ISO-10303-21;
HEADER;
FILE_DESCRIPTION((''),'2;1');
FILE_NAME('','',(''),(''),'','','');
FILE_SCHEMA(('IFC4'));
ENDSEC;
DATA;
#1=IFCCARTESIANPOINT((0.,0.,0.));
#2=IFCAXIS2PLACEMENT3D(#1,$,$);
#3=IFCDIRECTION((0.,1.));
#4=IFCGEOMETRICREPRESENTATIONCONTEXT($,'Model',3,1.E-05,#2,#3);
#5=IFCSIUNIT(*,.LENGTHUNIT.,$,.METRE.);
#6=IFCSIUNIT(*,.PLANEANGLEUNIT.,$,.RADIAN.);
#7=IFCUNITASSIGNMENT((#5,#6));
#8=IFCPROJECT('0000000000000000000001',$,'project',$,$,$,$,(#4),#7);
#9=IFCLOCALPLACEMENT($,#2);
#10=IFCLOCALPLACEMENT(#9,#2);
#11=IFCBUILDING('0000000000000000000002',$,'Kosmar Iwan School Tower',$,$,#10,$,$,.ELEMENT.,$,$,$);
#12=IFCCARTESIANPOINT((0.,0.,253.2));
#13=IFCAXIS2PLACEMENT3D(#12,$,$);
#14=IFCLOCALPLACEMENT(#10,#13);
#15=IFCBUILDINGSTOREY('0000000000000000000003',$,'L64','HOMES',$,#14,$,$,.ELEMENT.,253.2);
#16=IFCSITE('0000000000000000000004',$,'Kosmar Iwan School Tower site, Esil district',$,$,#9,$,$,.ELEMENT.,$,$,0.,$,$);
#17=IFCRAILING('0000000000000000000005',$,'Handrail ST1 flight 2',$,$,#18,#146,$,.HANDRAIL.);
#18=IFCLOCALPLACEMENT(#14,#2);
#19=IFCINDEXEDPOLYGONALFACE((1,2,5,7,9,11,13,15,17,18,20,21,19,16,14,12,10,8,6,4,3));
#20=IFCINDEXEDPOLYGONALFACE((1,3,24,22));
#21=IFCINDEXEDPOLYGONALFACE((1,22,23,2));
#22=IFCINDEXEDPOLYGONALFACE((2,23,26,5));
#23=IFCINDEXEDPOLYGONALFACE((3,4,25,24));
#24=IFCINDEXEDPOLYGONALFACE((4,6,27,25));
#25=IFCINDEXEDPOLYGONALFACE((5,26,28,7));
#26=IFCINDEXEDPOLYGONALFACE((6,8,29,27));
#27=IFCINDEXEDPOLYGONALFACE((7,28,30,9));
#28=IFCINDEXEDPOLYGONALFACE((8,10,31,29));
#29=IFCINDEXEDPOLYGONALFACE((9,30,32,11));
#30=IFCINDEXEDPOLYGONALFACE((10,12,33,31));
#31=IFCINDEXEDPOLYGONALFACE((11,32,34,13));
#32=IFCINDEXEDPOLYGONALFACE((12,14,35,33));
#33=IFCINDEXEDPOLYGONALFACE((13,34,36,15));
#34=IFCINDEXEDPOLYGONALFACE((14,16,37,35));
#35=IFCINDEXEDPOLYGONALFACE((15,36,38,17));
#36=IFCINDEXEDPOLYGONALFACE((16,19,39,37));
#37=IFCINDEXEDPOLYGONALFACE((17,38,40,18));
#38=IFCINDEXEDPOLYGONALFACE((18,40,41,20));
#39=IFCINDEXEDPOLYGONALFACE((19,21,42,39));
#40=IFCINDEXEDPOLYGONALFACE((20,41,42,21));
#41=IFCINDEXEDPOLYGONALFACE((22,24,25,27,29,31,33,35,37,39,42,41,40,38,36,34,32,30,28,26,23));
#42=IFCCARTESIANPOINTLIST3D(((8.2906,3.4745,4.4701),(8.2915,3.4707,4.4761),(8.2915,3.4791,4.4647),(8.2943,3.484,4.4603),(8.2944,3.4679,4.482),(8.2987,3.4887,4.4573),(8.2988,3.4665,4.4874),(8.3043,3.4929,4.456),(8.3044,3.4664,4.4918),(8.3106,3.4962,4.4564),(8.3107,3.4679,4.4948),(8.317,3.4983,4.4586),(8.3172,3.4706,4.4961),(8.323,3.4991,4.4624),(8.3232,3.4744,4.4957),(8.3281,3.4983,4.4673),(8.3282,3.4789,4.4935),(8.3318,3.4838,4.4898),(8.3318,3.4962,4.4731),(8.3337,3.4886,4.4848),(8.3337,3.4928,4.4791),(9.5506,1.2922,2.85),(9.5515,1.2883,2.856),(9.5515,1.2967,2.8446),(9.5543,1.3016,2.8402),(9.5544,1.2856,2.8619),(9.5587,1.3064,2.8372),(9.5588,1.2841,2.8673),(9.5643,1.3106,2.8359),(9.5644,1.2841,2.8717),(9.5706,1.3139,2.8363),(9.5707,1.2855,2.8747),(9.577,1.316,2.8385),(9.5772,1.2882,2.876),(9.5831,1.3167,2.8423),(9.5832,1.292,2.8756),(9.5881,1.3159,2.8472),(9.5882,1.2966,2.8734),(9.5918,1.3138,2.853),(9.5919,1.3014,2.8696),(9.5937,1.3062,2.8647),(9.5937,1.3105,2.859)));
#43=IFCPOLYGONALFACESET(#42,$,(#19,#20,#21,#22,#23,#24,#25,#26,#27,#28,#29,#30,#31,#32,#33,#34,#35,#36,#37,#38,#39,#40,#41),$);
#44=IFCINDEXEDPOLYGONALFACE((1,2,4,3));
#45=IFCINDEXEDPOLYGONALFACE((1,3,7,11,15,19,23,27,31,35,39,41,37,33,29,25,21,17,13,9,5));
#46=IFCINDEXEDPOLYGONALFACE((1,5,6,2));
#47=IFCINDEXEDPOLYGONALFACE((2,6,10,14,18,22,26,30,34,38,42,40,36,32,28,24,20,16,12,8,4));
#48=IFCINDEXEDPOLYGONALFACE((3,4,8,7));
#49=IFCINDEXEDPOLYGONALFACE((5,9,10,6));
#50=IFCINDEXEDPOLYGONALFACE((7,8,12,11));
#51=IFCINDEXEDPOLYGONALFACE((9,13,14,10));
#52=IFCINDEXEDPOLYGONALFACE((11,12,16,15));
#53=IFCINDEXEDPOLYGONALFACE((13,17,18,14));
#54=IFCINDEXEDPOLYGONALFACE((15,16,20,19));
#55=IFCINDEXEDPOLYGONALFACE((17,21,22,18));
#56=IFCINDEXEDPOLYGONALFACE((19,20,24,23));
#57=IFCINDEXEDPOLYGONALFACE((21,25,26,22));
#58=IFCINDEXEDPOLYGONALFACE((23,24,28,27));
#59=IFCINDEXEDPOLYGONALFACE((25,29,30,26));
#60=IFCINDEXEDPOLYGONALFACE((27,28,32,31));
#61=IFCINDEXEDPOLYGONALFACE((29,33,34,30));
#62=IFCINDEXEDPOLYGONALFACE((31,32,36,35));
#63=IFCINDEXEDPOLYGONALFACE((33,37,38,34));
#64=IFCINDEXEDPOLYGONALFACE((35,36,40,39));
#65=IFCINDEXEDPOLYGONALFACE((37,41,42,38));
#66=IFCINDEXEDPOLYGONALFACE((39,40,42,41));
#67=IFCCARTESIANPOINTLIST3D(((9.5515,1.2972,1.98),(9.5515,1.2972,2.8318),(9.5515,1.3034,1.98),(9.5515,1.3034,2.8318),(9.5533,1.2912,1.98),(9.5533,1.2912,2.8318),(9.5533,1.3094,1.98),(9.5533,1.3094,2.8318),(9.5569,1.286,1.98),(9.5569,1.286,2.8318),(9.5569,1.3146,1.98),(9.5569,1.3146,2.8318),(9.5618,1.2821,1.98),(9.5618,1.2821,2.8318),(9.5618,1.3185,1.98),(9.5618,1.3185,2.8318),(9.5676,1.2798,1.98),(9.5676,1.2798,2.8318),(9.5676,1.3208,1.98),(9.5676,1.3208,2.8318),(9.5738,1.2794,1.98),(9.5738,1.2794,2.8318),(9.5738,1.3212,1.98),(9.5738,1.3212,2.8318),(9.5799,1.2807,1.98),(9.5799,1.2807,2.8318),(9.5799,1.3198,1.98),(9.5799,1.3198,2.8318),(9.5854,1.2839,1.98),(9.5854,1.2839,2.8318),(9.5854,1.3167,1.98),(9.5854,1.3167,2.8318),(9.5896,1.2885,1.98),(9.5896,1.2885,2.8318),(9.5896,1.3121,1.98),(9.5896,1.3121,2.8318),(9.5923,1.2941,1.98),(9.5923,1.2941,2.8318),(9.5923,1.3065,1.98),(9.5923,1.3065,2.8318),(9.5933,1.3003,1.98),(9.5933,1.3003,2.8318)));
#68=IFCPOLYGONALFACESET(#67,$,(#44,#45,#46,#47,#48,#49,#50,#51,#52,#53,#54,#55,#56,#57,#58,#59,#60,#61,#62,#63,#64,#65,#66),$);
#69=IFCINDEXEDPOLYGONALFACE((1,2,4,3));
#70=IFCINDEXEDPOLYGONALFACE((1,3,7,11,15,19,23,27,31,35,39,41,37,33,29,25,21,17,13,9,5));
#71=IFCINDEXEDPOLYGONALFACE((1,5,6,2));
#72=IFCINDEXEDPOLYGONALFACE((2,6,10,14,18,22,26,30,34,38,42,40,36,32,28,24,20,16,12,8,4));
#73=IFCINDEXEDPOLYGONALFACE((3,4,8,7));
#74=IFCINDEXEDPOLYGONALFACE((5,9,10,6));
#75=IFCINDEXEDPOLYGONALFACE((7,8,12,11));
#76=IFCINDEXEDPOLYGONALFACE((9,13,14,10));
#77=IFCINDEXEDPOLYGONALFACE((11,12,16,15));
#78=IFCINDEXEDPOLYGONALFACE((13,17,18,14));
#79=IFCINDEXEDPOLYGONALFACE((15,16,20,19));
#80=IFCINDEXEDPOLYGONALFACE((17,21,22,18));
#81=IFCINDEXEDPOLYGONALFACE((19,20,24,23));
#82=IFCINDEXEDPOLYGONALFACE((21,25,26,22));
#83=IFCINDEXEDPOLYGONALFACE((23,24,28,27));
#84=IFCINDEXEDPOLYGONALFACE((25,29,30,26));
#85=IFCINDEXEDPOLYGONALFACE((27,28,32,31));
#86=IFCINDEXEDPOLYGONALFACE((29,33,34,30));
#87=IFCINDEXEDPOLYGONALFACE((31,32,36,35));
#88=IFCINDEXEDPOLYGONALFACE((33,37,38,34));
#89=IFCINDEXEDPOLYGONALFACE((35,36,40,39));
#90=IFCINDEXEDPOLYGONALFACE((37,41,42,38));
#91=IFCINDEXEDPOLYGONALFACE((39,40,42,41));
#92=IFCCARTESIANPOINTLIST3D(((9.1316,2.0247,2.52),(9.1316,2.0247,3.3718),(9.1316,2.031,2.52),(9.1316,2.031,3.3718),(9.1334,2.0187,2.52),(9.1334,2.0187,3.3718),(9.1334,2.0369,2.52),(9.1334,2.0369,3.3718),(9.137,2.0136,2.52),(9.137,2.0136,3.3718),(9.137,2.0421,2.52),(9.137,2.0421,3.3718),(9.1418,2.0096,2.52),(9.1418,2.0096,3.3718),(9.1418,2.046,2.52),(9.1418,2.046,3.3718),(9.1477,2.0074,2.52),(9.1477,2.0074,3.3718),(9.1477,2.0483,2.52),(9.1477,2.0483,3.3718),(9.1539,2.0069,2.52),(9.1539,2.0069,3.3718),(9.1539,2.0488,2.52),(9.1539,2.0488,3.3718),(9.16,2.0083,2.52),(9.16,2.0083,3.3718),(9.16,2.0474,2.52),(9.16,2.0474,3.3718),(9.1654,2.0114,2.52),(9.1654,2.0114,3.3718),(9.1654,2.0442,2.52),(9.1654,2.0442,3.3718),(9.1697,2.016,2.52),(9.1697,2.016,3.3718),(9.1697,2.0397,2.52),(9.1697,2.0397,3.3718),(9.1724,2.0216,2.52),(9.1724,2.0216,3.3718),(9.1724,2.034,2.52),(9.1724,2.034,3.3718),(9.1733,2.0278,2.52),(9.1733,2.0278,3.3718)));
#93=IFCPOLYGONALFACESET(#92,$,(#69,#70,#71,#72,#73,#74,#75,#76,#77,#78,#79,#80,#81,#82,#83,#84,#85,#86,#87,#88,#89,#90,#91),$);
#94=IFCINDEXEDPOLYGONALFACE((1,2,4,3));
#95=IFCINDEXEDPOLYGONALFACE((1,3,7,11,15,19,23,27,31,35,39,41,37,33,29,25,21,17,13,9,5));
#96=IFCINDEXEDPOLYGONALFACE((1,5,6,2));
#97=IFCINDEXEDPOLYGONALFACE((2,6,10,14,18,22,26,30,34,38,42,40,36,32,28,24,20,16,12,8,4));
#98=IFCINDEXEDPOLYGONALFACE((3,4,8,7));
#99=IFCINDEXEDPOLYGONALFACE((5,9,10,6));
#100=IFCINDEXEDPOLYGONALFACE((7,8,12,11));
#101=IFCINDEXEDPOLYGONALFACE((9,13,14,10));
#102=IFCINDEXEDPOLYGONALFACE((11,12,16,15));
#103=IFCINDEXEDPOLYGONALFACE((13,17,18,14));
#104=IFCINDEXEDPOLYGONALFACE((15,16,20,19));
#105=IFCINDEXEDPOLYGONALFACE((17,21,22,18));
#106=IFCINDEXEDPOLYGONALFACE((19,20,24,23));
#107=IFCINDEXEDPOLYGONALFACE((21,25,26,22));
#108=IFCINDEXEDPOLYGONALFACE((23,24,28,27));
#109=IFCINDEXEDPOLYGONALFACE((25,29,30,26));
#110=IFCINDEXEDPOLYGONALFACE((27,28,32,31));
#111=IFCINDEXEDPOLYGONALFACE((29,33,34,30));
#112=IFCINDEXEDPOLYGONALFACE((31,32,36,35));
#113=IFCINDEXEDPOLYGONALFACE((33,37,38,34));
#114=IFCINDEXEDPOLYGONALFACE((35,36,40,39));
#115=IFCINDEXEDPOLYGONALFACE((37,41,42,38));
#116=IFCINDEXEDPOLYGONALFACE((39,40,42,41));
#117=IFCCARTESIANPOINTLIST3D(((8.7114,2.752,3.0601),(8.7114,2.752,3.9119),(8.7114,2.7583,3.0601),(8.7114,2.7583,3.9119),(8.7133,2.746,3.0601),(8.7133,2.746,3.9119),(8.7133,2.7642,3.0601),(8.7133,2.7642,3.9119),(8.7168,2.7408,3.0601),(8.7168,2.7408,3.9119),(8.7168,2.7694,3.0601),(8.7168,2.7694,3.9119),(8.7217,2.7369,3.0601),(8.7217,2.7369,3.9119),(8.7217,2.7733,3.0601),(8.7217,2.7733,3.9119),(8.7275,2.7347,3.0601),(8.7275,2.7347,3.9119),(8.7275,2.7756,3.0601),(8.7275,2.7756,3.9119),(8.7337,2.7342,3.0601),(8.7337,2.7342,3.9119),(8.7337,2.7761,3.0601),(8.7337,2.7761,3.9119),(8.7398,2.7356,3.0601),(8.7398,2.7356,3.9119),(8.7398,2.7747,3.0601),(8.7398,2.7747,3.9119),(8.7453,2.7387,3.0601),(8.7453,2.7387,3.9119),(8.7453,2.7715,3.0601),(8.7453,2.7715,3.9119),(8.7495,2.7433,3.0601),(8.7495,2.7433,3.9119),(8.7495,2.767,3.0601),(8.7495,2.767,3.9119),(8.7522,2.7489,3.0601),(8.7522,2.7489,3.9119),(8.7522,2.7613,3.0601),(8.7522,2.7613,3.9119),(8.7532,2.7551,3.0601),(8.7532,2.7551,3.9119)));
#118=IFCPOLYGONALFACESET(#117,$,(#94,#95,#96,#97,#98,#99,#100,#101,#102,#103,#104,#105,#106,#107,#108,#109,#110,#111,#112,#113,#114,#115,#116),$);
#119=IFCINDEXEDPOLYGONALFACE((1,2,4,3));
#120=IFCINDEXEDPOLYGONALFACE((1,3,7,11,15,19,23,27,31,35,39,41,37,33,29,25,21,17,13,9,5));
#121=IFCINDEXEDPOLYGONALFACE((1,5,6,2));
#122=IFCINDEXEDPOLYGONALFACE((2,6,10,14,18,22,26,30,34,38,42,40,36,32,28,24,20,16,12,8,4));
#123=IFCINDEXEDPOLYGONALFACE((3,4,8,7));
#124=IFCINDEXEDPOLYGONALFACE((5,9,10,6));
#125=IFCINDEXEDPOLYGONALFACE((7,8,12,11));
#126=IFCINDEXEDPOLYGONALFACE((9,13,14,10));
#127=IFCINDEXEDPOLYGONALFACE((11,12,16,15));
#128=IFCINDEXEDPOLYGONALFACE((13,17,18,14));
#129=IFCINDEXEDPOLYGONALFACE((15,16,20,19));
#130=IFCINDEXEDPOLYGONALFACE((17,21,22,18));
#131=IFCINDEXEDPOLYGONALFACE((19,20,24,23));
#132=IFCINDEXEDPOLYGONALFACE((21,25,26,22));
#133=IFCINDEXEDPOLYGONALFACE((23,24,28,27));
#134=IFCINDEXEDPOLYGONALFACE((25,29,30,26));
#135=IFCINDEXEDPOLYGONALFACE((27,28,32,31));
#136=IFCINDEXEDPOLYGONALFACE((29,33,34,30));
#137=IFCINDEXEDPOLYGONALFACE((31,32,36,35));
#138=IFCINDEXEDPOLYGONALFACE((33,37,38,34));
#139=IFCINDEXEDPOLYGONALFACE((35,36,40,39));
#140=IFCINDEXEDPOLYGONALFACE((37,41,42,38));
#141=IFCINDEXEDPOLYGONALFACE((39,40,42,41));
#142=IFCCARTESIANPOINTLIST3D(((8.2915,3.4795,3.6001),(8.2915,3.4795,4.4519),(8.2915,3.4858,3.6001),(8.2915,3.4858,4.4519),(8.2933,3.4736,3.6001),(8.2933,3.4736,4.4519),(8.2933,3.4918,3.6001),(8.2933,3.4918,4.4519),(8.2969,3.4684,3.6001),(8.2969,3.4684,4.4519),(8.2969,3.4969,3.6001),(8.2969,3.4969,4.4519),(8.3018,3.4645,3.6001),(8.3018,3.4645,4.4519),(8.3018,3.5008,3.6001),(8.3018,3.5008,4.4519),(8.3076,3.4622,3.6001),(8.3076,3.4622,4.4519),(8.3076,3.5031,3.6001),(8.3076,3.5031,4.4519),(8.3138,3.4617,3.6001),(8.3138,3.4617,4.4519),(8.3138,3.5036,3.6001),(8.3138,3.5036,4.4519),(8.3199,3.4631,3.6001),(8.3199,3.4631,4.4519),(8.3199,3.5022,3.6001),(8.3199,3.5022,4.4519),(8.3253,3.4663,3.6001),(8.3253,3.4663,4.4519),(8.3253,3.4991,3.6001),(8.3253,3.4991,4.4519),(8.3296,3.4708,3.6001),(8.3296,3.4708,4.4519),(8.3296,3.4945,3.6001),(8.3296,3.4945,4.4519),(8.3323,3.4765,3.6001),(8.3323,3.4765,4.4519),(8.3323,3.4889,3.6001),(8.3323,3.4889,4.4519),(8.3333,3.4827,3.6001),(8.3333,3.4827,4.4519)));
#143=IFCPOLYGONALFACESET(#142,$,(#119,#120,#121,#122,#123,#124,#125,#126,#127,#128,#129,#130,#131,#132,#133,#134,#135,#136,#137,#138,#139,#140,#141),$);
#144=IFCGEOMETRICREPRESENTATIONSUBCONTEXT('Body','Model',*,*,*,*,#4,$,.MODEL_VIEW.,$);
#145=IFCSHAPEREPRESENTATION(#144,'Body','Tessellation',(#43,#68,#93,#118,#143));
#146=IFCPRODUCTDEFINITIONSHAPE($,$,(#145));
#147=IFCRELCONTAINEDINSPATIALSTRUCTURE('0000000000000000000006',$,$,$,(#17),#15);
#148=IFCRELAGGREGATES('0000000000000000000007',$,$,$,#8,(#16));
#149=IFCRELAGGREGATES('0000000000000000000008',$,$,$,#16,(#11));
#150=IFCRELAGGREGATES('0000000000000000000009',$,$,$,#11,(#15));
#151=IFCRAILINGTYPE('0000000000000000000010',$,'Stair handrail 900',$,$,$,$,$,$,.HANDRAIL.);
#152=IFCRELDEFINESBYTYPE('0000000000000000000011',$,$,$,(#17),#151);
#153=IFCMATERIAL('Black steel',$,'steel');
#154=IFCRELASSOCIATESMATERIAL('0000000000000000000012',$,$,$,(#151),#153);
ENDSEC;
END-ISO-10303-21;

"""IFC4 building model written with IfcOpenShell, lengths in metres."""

from ifc_helpers import new_model, si_unit, direction, frame, origin, origin_2d, place, context, subcontext, project, spatial, circle, extrude, material, type_object, element, save


model = new_model("IFC4")

# Units and contexts
model_context = context("Model", 3, precision=1e-05, world=origin(), true_north=direction((0.0, 1.0)))
body_context = subcontext(model_context, "Body", "Model", "MODEL_VIEW")
ifc_project = project(units=[si_unit("LENGTHUNIT", "METRE"), si_unit("PLANEANGLEUNIT", "RADIAN")], contexts=[model_context])

# Site, building, storey
site_placement = place(None, origin())
site = spatial("IfcSite", under=ifc_project, at=site_placement, Name="Kosmar Iwan School Tower site, Esil district", CompositionType="ELEMENT", RefElevation=0.0)
building_placement = place(site_placement, origin())
building = spatial("IfcBuilding", under=site, at=building_placement, Name="Kosmar Iwan School Tower", CompositionType="ELEMENT")
storey_placement = place(building_placement, frame((0.0, 0.0, 253.2)))
storey = spatial("IfcBuildingStorey", under=building, at=storey_placement, Name="L64", Description="HOMES", CompositionType="ELEMENT", Elevation=253.2)

# Railing
ifc_material_1 = material(Name="Black steel", Category="steel")
railing_type = type_object("IfcRailingType", Name="Stair handrail 900", PredefinedType="HANDRAIL", material=ifc_material_1)
railing_placement = place(storey_placement, frame((9.5723, 1.3003, 1.98)))
element("IfcRailing", 1, at=railing_placement, inside=storey, type_object=railing_type, Name="Handrail ST1 flight 2", PredefinedType="HANDRAIL", context=body_context, shape_type="SweptSolid", body=[
    extrude(circle(Radius=0.0239, at=origin_2d()), frame((0.0, 0.0, 0.876), z_axis=(-0.420584, 0.728464, 0.540786), x_axis=(-0.866023, -0.500005, 0.0)), (0.0, 0.0, 1.0), 2.9958),
    extrude(circle(Radius=0.021, at=origin_2d()), origin(), (0.0, 0.0, 1.0), 0.8518),
    extrude(circle(Radius=0.021, at=origin_2d()), frame((-0.4199, 0.7275, 0.54)), (0.0, 0.0, 1.0), 0.8518),
    extrude(circle(Radius=0.021, at=origin_2d()), frame((-0.8401, 1.4548, 1.0801)), (0.0, 0.0, 1.0), 0.8518),
    extrude(circle(Radius=0.021, at=origin_2d()), frame((-1.26, 2.1824, 1.6201)), (0.0, 0.0, 1.0), 0.8518),
])

save(model, "model.ifc")
